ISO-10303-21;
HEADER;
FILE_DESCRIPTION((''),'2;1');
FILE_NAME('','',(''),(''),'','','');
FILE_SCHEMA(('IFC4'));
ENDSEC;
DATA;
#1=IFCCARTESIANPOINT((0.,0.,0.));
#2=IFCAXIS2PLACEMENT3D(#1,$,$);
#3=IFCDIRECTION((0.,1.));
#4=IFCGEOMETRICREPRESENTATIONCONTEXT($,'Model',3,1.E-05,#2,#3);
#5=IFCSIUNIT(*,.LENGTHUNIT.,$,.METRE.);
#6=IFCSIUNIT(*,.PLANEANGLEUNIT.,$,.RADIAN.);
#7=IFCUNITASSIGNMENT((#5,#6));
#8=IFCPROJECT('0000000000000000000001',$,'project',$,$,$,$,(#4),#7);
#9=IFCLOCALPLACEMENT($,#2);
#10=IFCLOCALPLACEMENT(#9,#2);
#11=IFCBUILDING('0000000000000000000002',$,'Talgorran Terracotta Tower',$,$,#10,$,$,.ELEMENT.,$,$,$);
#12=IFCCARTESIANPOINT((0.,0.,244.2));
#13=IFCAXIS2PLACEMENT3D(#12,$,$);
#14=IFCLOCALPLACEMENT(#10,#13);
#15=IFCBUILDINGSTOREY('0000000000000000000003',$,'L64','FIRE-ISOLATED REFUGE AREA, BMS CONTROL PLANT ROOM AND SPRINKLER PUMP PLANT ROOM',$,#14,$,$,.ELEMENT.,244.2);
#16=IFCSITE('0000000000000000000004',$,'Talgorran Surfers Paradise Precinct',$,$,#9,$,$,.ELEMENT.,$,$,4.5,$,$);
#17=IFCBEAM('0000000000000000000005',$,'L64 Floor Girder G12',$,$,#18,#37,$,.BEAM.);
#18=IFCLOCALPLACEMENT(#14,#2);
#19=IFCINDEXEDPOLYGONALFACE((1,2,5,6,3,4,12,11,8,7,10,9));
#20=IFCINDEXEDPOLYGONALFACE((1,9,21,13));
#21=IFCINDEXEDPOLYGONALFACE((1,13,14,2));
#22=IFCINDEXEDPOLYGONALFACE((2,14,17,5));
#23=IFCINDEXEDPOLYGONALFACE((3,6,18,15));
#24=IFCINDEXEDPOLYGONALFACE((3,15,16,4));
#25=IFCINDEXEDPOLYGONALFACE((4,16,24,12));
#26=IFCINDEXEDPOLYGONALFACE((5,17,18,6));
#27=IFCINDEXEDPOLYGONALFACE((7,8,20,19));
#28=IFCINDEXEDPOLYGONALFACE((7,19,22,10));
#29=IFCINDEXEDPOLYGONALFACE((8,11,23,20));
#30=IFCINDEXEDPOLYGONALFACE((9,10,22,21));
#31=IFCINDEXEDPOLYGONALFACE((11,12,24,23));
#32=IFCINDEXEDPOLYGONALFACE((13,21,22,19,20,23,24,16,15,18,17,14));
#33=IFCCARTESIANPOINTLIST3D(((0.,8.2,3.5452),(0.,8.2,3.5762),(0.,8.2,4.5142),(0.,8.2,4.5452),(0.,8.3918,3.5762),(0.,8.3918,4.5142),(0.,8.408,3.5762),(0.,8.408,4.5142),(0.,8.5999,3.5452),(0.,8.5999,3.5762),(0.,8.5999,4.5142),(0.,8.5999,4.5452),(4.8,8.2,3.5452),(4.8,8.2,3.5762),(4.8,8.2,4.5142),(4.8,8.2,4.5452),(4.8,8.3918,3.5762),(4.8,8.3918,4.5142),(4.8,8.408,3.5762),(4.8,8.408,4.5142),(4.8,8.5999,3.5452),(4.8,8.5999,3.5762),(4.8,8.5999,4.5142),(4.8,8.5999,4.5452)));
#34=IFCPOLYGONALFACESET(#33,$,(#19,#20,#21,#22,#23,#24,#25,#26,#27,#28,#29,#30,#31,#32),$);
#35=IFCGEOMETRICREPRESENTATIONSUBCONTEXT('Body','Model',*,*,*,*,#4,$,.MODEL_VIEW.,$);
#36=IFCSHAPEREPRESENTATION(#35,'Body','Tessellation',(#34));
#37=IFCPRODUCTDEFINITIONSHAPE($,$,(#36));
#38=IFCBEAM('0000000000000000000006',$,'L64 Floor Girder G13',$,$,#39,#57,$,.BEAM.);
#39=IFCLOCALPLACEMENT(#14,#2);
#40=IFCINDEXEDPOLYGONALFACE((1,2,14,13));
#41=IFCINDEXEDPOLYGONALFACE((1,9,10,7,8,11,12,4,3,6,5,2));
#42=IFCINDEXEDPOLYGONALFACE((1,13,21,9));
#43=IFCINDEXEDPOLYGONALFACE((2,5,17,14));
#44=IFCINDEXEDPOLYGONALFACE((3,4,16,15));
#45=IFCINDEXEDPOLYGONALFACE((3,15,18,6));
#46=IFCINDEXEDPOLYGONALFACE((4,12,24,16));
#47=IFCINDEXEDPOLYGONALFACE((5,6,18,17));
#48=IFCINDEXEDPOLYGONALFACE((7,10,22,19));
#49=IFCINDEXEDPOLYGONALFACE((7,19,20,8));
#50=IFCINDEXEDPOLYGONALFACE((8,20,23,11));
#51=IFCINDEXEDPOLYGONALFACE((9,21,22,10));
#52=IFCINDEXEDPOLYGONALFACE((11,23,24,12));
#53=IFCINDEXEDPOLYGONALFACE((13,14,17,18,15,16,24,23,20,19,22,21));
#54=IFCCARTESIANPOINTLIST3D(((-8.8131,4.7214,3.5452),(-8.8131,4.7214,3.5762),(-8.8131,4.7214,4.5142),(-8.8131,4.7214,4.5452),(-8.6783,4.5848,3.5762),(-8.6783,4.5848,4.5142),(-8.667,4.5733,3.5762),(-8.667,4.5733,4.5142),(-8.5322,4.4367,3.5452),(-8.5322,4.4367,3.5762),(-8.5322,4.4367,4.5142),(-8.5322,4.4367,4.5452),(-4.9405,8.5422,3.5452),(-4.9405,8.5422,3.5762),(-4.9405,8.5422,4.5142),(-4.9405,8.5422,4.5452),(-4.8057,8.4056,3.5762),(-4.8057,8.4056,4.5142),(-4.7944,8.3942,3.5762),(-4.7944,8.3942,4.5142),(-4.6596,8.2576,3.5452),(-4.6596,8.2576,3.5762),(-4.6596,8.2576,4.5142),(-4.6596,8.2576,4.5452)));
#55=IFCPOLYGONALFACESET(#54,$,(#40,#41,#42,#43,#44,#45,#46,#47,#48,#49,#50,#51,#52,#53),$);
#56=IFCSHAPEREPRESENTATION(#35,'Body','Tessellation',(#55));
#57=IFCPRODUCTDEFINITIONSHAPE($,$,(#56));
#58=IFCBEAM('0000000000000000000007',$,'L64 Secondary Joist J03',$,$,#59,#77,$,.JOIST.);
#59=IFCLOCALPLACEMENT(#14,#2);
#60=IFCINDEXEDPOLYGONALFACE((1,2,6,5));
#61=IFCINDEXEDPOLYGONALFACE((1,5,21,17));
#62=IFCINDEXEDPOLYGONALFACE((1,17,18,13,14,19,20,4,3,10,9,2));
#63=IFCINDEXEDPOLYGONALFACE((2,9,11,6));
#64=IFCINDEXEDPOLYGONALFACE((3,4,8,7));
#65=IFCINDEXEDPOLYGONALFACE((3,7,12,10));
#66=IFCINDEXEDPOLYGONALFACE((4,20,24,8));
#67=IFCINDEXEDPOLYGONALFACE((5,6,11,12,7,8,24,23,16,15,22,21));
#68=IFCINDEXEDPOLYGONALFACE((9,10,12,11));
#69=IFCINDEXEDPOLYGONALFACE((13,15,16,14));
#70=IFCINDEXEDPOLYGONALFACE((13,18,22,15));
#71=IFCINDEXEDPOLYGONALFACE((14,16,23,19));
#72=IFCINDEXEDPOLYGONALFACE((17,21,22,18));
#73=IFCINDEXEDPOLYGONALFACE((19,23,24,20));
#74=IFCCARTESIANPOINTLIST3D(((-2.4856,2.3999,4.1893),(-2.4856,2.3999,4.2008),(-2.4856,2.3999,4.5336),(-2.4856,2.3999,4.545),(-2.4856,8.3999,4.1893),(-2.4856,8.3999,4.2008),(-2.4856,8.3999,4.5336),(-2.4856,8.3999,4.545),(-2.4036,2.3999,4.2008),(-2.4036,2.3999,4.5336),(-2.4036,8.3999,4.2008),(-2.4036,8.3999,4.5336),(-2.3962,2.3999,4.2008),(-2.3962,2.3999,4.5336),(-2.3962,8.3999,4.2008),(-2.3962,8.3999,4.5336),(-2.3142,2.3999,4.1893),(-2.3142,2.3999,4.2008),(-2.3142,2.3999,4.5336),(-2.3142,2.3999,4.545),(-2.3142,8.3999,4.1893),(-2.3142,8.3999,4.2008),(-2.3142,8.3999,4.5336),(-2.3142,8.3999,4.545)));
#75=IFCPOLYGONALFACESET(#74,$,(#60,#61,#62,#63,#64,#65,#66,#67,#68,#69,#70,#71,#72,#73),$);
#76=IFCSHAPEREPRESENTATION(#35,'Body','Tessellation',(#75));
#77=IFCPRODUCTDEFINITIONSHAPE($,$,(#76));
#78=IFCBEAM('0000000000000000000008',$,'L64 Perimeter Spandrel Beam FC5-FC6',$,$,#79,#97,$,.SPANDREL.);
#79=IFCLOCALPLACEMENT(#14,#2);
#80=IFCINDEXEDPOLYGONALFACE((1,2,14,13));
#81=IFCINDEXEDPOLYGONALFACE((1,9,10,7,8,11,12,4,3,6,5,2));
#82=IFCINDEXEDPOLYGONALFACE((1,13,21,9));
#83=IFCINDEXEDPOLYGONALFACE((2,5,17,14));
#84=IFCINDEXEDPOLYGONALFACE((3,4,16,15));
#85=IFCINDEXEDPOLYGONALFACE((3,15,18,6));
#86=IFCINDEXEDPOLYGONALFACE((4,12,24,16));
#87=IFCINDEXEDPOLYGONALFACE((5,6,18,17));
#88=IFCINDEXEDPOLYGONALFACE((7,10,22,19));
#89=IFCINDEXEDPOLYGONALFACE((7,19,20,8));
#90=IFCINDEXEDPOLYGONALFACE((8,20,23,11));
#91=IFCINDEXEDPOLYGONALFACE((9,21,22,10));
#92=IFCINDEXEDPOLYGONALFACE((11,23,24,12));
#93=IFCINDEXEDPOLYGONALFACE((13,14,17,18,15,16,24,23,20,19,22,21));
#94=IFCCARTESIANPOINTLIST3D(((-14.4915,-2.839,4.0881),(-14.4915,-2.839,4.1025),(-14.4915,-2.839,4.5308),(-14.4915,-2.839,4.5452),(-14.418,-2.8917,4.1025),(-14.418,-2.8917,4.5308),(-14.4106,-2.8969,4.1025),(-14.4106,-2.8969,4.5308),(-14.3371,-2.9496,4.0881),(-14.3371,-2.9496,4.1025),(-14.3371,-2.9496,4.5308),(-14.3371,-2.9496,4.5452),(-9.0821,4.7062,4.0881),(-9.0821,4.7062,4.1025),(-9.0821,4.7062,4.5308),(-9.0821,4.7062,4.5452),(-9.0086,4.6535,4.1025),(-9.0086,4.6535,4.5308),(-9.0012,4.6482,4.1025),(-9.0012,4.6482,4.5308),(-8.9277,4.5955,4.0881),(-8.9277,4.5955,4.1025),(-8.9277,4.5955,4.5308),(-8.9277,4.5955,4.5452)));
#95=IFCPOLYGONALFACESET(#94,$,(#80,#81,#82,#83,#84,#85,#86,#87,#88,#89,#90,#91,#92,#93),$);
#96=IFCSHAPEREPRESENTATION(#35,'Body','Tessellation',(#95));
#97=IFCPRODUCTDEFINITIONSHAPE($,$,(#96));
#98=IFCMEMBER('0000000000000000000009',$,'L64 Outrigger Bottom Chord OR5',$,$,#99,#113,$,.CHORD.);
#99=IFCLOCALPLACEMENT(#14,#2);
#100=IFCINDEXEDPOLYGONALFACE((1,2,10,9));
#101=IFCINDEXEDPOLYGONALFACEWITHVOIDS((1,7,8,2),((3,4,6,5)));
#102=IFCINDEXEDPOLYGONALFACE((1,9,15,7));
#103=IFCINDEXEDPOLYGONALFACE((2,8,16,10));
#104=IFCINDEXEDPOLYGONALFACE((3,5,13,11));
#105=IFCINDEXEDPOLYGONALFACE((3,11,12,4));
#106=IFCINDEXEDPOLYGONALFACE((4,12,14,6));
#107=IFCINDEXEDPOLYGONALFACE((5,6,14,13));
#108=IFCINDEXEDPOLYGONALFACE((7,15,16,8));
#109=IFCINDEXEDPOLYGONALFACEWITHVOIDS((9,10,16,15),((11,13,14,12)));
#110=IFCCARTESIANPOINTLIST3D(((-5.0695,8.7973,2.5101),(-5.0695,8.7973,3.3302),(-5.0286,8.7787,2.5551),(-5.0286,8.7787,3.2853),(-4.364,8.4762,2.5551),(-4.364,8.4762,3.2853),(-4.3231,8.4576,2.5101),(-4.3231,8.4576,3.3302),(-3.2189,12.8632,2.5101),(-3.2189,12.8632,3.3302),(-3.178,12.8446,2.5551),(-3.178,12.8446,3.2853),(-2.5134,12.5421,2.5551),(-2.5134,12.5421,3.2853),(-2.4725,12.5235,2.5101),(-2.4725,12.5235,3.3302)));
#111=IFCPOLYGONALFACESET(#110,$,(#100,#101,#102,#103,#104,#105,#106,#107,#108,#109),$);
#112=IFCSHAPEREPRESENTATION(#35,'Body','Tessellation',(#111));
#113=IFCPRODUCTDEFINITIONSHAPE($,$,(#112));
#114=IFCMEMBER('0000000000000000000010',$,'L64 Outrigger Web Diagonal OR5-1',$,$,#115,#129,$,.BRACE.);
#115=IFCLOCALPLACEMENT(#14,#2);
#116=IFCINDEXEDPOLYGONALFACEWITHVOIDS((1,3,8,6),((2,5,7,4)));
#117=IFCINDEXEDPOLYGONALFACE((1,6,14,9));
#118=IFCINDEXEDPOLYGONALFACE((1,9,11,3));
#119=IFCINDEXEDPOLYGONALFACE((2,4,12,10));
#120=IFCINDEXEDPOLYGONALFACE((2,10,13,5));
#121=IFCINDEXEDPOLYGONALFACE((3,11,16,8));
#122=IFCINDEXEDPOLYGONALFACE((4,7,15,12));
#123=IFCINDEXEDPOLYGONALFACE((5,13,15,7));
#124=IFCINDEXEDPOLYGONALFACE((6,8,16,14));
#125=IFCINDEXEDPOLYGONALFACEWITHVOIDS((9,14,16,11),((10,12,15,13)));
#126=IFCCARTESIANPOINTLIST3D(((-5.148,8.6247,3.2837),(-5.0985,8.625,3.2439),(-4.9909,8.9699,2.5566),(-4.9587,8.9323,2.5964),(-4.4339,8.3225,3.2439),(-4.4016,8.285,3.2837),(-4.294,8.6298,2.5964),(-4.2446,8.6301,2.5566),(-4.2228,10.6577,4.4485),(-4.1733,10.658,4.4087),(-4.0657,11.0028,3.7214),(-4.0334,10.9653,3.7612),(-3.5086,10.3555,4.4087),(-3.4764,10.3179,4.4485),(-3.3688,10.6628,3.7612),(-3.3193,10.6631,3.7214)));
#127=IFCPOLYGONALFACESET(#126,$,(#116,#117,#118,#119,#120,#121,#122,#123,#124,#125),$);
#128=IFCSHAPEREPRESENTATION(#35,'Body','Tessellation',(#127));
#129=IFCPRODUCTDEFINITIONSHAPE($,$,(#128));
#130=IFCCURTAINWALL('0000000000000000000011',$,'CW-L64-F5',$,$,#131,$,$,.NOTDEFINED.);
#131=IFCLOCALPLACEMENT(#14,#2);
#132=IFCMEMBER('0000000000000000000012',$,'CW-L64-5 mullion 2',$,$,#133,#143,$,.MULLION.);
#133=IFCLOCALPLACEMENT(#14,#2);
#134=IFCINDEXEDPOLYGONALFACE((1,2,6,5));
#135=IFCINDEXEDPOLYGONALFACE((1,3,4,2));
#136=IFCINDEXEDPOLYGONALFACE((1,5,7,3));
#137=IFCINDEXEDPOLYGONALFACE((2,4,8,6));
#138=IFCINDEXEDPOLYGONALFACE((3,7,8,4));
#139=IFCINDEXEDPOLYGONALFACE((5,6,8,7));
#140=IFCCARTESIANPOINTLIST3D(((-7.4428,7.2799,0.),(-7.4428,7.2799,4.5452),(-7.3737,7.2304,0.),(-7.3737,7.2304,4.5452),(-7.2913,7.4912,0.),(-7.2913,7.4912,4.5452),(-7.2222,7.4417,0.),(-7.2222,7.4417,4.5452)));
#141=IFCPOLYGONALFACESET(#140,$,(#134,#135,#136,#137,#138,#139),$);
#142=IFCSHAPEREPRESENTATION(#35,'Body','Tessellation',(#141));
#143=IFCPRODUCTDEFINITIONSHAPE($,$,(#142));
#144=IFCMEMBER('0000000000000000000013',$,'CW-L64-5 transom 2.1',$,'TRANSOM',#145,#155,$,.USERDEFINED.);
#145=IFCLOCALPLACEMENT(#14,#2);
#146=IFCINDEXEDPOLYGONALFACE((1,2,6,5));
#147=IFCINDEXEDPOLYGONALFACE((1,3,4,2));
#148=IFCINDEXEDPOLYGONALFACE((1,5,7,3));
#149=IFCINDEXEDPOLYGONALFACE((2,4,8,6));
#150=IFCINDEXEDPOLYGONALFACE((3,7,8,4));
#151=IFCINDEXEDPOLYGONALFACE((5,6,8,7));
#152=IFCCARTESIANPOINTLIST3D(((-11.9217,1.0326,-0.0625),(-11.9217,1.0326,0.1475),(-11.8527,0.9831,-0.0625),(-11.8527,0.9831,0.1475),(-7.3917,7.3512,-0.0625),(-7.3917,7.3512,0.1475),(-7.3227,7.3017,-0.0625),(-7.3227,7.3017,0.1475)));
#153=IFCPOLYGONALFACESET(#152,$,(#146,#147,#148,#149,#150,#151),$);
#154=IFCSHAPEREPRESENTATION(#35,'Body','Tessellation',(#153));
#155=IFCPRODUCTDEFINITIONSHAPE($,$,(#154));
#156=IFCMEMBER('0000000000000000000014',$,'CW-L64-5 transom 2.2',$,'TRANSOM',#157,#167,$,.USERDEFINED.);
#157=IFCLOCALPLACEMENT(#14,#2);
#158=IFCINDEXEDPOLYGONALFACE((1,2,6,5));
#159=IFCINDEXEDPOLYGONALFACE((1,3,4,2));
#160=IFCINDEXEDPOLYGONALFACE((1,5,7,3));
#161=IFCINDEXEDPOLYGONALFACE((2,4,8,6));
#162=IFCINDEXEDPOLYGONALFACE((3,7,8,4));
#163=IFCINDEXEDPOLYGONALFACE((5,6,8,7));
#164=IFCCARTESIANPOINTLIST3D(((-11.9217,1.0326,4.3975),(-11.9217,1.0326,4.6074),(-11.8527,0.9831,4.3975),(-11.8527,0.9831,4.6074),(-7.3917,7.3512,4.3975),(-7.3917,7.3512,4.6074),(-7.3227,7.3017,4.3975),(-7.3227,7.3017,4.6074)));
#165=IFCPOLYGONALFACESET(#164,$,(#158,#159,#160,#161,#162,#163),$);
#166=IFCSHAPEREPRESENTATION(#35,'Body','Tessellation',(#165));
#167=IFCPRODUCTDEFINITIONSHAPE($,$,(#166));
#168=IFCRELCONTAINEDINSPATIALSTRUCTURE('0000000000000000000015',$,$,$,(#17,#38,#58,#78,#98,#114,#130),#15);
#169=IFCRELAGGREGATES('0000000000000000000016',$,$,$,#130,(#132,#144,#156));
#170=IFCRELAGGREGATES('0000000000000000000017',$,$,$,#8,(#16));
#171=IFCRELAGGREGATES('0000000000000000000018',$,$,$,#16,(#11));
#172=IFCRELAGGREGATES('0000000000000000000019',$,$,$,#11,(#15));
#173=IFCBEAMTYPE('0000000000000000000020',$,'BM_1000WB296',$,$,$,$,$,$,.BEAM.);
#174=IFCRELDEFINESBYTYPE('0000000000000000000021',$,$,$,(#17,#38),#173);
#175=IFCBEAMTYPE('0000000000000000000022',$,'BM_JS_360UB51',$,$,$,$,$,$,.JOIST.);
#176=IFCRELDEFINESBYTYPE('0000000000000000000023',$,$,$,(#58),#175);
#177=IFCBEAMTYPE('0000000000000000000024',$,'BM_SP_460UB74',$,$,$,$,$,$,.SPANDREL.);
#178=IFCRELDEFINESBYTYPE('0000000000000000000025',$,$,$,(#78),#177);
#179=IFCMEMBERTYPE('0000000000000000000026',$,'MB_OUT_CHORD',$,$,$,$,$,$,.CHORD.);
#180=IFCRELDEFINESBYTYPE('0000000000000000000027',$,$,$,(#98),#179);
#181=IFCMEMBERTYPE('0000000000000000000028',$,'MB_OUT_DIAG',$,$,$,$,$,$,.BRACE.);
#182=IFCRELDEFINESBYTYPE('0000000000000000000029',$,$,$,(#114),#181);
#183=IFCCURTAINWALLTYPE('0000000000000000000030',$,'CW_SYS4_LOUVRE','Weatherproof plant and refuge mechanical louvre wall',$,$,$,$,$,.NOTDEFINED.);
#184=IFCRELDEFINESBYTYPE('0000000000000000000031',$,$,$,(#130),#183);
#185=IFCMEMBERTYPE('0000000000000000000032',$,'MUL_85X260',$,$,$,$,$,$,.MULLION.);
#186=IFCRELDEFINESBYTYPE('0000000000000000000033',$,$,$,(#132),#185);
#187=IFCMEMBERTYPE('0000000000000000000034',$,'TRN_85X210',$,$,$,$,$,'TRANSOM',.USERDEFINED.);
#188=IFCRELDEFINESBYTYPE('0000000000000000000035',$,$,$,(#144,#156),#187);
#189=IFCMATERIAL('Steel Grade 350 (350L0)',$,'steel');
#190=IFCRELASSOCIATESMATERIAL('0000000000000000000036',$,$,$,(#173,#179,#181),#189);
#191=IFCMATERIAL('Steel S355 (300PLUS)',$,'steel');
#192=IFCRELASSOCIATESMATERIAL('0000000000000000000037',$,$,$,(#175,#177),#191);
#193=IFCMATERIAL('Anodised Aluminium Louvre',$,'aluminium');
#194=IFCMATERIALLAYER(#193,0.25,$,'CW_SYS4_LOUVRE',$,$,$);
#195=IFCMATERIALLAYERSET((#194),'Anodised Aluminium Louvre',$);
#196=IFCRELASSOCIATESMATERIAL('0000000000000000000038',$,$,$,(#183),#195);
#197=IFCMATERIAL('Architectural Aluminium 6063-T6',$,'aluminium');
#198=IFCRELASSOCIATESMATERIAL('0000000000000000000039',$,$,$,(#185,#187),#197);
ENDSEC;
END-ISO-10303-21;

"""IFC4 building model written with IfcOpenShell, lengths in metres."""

from ifc_helpers import new_model, si_unit, direction, frame, origin, origin_2d, place, context, subcontext, project, spatial, rectangle, hollow_rectangle, i_section, extrude, material, layer, layer_set, material_profile, profile_set, type_object, element, aggregate, save


model = new_model("IFC4")

# Units and contexts
model_context = context("Model", 3, precision=1e-05, world=origin(), true_north=direction((0.0, 1.0)))
body_context = subcontext(model_context, "Body", "Model", "MODEL_VIEW")
ifc_project = project(units=[si_unit("LENGTHUNIT", "METRE"), si_unit("PLANEANGLEUNIT", "RADIAN")], contexts=[model_context])

# Site, building, storey
site_placement = place(None, origin())
site = spatial("IfcSite", under=ifc_project, at=site_placement, Name="Talgorran Surfers Paradise Precinct", CompositionType="ELEMENT", RefElevation=4.5)
building_placement = place(site_placement, origin())
building = spatial("IfcBuilding", under=site, at=building_placement, Name="Talgorran Terracotta Tower", CompositionType="ELEMENT")
storey_placement = place(building_placement, frame((0.0, 0.0, 244.2)))
storey = spatial("IfcBuildingStorey", under=building, at=storey_placement, Name="L64", Description="FIRE-ISOLATED REFUGE AREA, BMS CONTROL PLANT ROOM AND SPRINKLER PUMP PLANT ROOM", CompositionType="ELEMENT", Elevation=244.2)

# Shared definitions
ifc_material_1 = material(Name="Steel S355 (300PLUS)", Category="steel")
ifc_material_2 = material(Name="Steel Grade 350 (350L0)", Category="steel")

# Beams
ifc_material_profile_1 = material_profile(ifc_material_2, i_section(OverallWidth=0.3999, OverallDepth=1.0, WebThickness=0.0161, FlangeThickness=0.031, at=origin_2d()), Name="1000WB296")
ifc_profile_set_1 = profile_set([ifc_material_profile_1], Name="Steel Grade 350 (350L0)")
beam_type_1 = type_object("IfcBeamType", Name="BM_1000WB296", PredefinedType="BEAM", material=ifc_profile_set_1)
for number, where, z_axis, x_axis, name in (
    (1, (0.0, 8.3999, 4.0452), (1.0, 0.0, 0.0), (0.0, 1.0, 0.0), "L64 Floor Girder G12"),
):
    element("IfcBeam", number, at=place(storey_placement, frame(where, z_axis=z_axis, x_axis=x_axis)), inside=storey, type_object=beam_type_1, Name=name, PredefinedType="BEAM", context=body_context, shape_type="SweptSolid", body=[
        extrude(i_section(OverallWidth=0.3999, OverallDepth=1.0, WebThickness=0.0161, FlangeThickness=0.031, at=origin_2d()), origin(), (0.0, 0.0, 1.0), 4.8),
    ])
beam_1_placement = place(storey_placement, frame((-4.8, 8.3999, 4.0452), z_axis=(-0.711848, -0.702334, 0.0), x_axis=(0.702334, -0.711848, 0.0)))
element("IfcBeam", 2, at=beam_1_placement, inside=storey, type_object=beam_type_1, Name="L64 Floor Girder G13", PredefinedType="BEAM", context=body_context, shape_type="SweptSolid", body=[
    extrude(i_section(OverallWidth=0.3999, OverallDepth=1.0, WebThickness=0.0161, FlangeThickness=0.031, at=origin_2d()), origin(), (0.0, 0.0, 1.0), 5.4402),
])
ifc_material_profile_2 = material_profile(ifc_material_1, i_section(OverallWidth=0.1714, OverallDepth=0.3557, WebThickness=0.0073, FlangeThickness=0.0115, at=origin_2d()), Name="360UB50.7")
ifc_profile_set_2 = profile_set([ifc_material_profile_2], Name="Steel S355 (300PLUS)")
beam_type_2 = type_object("IfcBeamType", Name="BM_JS_360UB51", PredefinedType="JOIST", material=ifc_profile_set_2)
beam_2_placement = place(storey_placement, frame((-2.3999, 2.3999, 4.3672), z_axis=(0.0, 1.0, 0.0), x_axis=(-1.0, 0.0, 0.0)))
element("IfcBeam", 3, at=beam_2_placement, inside=storey, type_object=beam_type_2, Name="L64 Secondary Joist J03", PredefinedType="JOIST", context=body_context, shape_type="SweptSolid", body=[
    extrude(i_section(OverallWidth=0.1714, OverallDepth=0.3557, WebThickness=0.0073, FlangeThickness=0.0115, at=origin_2d()), origin(), (0.0, 0.0, 1.0), 6.0),
])
ifc_material_profile_3 = material_profile(ifc_material_1, i_section(OverallWidth=0.1899, OverallDepth=0.457, WebThickness=0.009, FlangeThickness=0.0144, at=origin_2d()), Name="460UB74.6")
ifc_profile_set_3 = profile_set([ifc_material_profile_3], Name="Steel S355 (300PLUS)")
beam_type_3 = type_object("IfcBeamType", Name="BM_SP_460UB74", PredefinedType="SPANDREL", material=ifc_profile_set_3)
beam_3_placement = place(storey_placement, frame((-9.0049, 4.6509, 4.3167), z_axis=(-0.582665, -0.812712, 0.0), x_axis=(0.812712, -0.582665, 0.0)))
element("IfcBeam", 4, at=beam_3_placement, inside=storey, type_object=beam_type_3, Name="L64 Perimeter Spandrel Beam FC5-FC6", PredefinedType="SPANDREL", context=body_context, shape_type="SweptSolid", body=[
    extrude(i_section(OverallWidth=0.1899, OverallDepth=0.457, WebThickness=0.009, FlangeThickness=0.0144, at=origin_2d()), origin(), (0.0, 0.0, 1.0), 9.2839),
])

# Members
ifc_material_profile_4 = material_profile(ifc_material_2, hollow_rectangle(XDim=0.8201, YDim=0.8201, WallThickness=0.0449, at=origin_2d()), Name="WBOX820X820X45")
ifc_profile_set_4 = profile_set([ifc_material_profile_4], Name="Steel Grade 350 (350L0)")
member_type_1 = type_object("IfcMemberType", Name="MB_OUT_CHORD", PredefinedType="CHORD", material=ifc_profile_set_4)
member_1_placement = place(storey_placement, frame((-4.6963, 8.6274, 2.9202), z_axis=(0.414256, 0.91016, 0.0), x_axis=(-0.91016, 0.414256, 0.0)))
element("IfcMember", 5, at=member_1_placement, inside=storey, type_object=member_type_1, Name="L64 Outrigger Bottom Chord OR5", PredefinedType="CHORD", context=body_context, shape_type="SweptSolid", body=[
    extrude(hollow_rectangle(XDim=0.8201, YDim=0.8201, WallThickness=0.0449, at=origin_2d()), origin(), (0.0, 0.0, 1.0), 4.4673),
])
ifc_material_profile_5 = material_profile(ifc_material_2, hollow_rectangle(XDim=0.8201, YDim=0.8201, WallThickness=0.0449, at=origin_2d()), Name="WBOX820X820X45")
ifc_profile_set_5 = profile_set([ifc_material_profile_5], Name="Steel Grade 350 (350L0)")
member_type_2 = type_object("IfcMemberType", Name="MB_OUT_DIAG", PredefinedType="BRACE", material=ifc_profile_set_5)
member_2_placement = place(storey_placement, frame((-4.6963, 8.6274, 2.9202), z_axis=(0.367312, 0.80702, 0.462386), x_axis=(-0.91016, 0.414256, 0.0)))
element("IfcMember", 6, at=member_2_placement, inside=storey, type_object=member_type_2, Name="L64 Outrigger Web Diagonal OR5-1", PredefinedType="BRACE", context=body_context, shape_type="SweptSolid", body=[
    extrude(hollow_rectangle(XDim=0.8201, YDim=0.8201, WallThickness=0.0449, at=origin_2d()), origin(), (0.0, 0.0, 1.0), 2.519),
])

# Curtain wall, members
ifc_material_3 = material(Name="Anodised Aluminium Louvre", Category="aluminium")
ifc_layer_1 = layer(ifc_material_3, 0.25, Name="CW_SYS4_LOUVRE")
ifc_layer_set_1 = layer_set([ifc_layer_1], Name="Anodised Aluminium Louvre")
curtain_wall_type = type_object("IfcCurtainWallType", Name="CW_SYS4_LOUVRE", Description="Weatherproof plant and refuge mechanical louvre wall", PredefinedType="NOTDEFINED", material=ifc_layer_set_1)
curtain_wall_placement = place(storey_placement, origin())
curtain_wall = element("IfcCurtainWall", 7, at=curtain_wall_placement, inside=storey, type_object=curtain_wall_type, Name="CW-L64-F5", PredefinedType="NOTDEFINED")
ifc_material_4 = material(Name="Architectural Aluminium 6063-T6", Category="aluminium")
ifc_material_profile_6 = material_profile(ifc_material_4, rectangle(XDim=0.085, YDim=0.26, at=origin_2d()), Name="CWM85X260")
ifc_profile_set_6 = profile_set([ifc_material_profile_6], Name="Architectural Aluminium 6063-T6")
member_type_3 = type_object("IfcMemberType", Name="MUL_85X260", PredefinedType="MULLION", material=ifc_profile_set_6)
member_3_placement = place(storey_placement, frame((-7.3325, 7.3608, 0.0), z_axis=(0.0, 0.0, 1.0), x_axis=(0.812713, -0.582665, 0.0)))
member_3 = element("IfcMember", 8, at=member_3_placement, type_object=member_type_3, Name="CW-L64-5 mullion 2", PredefinedType="MULLION", context=body_context, shape_type="SweptSolid", body=[
    extrude(rectangle(XDim=0.085, YDim=0.26, at=origin_2d()), origin(), (0.0, 0.0, 1.0), 4.5452),
])
ifc_material_profile_7 = material_profile(ifc_material_4, rectangle(XDim=0.085, YDim=0.21, at=origin_2d()), Name="CWT85X210")
ifc_profile_set_7 = profile_set([ifc_material_profile_7], Name="Architectural Aluminium 6063-T6")
member_type_4 = type_object("IfcMemberType", Name="TRN_85X210", ElementType="TRANSOM", PredefinedType="USERDEFINED", material=ifc_profile_set_7)
member_4_placement = place(storey_placement, frame((-7.3572, 7.3264, 0.0425), z_axis=(-0.582663, -0.812714, 0.0), x_axis=(0.812714, -0.582663, 0.0)))
member_4 = element("IfcMember", 9, at=member_4_placement, type_object=member_type_4, Name="CW-L64-5 transom 2.1", ObjectType="TRANSOM", PredefinedType="USERDEFINED", context=body_context, shape_type="SweptSolid", body=[
    extrude(rectangle(XDim=0.085, YDim=0.21, at=origin_2d()), origin(), (0.0, 0.0, 1.0), 7.7747),
])
member_5_placement = place(storey_placement, frame((-7.3572, 7.3264, 4.5024), z_axis=(-0.582663, -0.812714, 0.0), x_axis=(0.812714, -0.582663, 0.0)))
member_5 = element("IfcMember", 10, at=member_5_placement, type_object=member_type_4, Name="CW-L64-5 transom 2.2", ObjectType="TRANSOM", PredefinedType="USERDEFINED", context=body_context, shape_type="SweptSolid", body=[
    extrude(rectangle(XDim=0.085, YDim=0.21, at=origin_2d()), origin(), (0.0, 0.0, 1.0), 7.7747),
])

aggregate(curtain_wall, [member_3, member_4, member_5])

save(model, "model.ifc")
